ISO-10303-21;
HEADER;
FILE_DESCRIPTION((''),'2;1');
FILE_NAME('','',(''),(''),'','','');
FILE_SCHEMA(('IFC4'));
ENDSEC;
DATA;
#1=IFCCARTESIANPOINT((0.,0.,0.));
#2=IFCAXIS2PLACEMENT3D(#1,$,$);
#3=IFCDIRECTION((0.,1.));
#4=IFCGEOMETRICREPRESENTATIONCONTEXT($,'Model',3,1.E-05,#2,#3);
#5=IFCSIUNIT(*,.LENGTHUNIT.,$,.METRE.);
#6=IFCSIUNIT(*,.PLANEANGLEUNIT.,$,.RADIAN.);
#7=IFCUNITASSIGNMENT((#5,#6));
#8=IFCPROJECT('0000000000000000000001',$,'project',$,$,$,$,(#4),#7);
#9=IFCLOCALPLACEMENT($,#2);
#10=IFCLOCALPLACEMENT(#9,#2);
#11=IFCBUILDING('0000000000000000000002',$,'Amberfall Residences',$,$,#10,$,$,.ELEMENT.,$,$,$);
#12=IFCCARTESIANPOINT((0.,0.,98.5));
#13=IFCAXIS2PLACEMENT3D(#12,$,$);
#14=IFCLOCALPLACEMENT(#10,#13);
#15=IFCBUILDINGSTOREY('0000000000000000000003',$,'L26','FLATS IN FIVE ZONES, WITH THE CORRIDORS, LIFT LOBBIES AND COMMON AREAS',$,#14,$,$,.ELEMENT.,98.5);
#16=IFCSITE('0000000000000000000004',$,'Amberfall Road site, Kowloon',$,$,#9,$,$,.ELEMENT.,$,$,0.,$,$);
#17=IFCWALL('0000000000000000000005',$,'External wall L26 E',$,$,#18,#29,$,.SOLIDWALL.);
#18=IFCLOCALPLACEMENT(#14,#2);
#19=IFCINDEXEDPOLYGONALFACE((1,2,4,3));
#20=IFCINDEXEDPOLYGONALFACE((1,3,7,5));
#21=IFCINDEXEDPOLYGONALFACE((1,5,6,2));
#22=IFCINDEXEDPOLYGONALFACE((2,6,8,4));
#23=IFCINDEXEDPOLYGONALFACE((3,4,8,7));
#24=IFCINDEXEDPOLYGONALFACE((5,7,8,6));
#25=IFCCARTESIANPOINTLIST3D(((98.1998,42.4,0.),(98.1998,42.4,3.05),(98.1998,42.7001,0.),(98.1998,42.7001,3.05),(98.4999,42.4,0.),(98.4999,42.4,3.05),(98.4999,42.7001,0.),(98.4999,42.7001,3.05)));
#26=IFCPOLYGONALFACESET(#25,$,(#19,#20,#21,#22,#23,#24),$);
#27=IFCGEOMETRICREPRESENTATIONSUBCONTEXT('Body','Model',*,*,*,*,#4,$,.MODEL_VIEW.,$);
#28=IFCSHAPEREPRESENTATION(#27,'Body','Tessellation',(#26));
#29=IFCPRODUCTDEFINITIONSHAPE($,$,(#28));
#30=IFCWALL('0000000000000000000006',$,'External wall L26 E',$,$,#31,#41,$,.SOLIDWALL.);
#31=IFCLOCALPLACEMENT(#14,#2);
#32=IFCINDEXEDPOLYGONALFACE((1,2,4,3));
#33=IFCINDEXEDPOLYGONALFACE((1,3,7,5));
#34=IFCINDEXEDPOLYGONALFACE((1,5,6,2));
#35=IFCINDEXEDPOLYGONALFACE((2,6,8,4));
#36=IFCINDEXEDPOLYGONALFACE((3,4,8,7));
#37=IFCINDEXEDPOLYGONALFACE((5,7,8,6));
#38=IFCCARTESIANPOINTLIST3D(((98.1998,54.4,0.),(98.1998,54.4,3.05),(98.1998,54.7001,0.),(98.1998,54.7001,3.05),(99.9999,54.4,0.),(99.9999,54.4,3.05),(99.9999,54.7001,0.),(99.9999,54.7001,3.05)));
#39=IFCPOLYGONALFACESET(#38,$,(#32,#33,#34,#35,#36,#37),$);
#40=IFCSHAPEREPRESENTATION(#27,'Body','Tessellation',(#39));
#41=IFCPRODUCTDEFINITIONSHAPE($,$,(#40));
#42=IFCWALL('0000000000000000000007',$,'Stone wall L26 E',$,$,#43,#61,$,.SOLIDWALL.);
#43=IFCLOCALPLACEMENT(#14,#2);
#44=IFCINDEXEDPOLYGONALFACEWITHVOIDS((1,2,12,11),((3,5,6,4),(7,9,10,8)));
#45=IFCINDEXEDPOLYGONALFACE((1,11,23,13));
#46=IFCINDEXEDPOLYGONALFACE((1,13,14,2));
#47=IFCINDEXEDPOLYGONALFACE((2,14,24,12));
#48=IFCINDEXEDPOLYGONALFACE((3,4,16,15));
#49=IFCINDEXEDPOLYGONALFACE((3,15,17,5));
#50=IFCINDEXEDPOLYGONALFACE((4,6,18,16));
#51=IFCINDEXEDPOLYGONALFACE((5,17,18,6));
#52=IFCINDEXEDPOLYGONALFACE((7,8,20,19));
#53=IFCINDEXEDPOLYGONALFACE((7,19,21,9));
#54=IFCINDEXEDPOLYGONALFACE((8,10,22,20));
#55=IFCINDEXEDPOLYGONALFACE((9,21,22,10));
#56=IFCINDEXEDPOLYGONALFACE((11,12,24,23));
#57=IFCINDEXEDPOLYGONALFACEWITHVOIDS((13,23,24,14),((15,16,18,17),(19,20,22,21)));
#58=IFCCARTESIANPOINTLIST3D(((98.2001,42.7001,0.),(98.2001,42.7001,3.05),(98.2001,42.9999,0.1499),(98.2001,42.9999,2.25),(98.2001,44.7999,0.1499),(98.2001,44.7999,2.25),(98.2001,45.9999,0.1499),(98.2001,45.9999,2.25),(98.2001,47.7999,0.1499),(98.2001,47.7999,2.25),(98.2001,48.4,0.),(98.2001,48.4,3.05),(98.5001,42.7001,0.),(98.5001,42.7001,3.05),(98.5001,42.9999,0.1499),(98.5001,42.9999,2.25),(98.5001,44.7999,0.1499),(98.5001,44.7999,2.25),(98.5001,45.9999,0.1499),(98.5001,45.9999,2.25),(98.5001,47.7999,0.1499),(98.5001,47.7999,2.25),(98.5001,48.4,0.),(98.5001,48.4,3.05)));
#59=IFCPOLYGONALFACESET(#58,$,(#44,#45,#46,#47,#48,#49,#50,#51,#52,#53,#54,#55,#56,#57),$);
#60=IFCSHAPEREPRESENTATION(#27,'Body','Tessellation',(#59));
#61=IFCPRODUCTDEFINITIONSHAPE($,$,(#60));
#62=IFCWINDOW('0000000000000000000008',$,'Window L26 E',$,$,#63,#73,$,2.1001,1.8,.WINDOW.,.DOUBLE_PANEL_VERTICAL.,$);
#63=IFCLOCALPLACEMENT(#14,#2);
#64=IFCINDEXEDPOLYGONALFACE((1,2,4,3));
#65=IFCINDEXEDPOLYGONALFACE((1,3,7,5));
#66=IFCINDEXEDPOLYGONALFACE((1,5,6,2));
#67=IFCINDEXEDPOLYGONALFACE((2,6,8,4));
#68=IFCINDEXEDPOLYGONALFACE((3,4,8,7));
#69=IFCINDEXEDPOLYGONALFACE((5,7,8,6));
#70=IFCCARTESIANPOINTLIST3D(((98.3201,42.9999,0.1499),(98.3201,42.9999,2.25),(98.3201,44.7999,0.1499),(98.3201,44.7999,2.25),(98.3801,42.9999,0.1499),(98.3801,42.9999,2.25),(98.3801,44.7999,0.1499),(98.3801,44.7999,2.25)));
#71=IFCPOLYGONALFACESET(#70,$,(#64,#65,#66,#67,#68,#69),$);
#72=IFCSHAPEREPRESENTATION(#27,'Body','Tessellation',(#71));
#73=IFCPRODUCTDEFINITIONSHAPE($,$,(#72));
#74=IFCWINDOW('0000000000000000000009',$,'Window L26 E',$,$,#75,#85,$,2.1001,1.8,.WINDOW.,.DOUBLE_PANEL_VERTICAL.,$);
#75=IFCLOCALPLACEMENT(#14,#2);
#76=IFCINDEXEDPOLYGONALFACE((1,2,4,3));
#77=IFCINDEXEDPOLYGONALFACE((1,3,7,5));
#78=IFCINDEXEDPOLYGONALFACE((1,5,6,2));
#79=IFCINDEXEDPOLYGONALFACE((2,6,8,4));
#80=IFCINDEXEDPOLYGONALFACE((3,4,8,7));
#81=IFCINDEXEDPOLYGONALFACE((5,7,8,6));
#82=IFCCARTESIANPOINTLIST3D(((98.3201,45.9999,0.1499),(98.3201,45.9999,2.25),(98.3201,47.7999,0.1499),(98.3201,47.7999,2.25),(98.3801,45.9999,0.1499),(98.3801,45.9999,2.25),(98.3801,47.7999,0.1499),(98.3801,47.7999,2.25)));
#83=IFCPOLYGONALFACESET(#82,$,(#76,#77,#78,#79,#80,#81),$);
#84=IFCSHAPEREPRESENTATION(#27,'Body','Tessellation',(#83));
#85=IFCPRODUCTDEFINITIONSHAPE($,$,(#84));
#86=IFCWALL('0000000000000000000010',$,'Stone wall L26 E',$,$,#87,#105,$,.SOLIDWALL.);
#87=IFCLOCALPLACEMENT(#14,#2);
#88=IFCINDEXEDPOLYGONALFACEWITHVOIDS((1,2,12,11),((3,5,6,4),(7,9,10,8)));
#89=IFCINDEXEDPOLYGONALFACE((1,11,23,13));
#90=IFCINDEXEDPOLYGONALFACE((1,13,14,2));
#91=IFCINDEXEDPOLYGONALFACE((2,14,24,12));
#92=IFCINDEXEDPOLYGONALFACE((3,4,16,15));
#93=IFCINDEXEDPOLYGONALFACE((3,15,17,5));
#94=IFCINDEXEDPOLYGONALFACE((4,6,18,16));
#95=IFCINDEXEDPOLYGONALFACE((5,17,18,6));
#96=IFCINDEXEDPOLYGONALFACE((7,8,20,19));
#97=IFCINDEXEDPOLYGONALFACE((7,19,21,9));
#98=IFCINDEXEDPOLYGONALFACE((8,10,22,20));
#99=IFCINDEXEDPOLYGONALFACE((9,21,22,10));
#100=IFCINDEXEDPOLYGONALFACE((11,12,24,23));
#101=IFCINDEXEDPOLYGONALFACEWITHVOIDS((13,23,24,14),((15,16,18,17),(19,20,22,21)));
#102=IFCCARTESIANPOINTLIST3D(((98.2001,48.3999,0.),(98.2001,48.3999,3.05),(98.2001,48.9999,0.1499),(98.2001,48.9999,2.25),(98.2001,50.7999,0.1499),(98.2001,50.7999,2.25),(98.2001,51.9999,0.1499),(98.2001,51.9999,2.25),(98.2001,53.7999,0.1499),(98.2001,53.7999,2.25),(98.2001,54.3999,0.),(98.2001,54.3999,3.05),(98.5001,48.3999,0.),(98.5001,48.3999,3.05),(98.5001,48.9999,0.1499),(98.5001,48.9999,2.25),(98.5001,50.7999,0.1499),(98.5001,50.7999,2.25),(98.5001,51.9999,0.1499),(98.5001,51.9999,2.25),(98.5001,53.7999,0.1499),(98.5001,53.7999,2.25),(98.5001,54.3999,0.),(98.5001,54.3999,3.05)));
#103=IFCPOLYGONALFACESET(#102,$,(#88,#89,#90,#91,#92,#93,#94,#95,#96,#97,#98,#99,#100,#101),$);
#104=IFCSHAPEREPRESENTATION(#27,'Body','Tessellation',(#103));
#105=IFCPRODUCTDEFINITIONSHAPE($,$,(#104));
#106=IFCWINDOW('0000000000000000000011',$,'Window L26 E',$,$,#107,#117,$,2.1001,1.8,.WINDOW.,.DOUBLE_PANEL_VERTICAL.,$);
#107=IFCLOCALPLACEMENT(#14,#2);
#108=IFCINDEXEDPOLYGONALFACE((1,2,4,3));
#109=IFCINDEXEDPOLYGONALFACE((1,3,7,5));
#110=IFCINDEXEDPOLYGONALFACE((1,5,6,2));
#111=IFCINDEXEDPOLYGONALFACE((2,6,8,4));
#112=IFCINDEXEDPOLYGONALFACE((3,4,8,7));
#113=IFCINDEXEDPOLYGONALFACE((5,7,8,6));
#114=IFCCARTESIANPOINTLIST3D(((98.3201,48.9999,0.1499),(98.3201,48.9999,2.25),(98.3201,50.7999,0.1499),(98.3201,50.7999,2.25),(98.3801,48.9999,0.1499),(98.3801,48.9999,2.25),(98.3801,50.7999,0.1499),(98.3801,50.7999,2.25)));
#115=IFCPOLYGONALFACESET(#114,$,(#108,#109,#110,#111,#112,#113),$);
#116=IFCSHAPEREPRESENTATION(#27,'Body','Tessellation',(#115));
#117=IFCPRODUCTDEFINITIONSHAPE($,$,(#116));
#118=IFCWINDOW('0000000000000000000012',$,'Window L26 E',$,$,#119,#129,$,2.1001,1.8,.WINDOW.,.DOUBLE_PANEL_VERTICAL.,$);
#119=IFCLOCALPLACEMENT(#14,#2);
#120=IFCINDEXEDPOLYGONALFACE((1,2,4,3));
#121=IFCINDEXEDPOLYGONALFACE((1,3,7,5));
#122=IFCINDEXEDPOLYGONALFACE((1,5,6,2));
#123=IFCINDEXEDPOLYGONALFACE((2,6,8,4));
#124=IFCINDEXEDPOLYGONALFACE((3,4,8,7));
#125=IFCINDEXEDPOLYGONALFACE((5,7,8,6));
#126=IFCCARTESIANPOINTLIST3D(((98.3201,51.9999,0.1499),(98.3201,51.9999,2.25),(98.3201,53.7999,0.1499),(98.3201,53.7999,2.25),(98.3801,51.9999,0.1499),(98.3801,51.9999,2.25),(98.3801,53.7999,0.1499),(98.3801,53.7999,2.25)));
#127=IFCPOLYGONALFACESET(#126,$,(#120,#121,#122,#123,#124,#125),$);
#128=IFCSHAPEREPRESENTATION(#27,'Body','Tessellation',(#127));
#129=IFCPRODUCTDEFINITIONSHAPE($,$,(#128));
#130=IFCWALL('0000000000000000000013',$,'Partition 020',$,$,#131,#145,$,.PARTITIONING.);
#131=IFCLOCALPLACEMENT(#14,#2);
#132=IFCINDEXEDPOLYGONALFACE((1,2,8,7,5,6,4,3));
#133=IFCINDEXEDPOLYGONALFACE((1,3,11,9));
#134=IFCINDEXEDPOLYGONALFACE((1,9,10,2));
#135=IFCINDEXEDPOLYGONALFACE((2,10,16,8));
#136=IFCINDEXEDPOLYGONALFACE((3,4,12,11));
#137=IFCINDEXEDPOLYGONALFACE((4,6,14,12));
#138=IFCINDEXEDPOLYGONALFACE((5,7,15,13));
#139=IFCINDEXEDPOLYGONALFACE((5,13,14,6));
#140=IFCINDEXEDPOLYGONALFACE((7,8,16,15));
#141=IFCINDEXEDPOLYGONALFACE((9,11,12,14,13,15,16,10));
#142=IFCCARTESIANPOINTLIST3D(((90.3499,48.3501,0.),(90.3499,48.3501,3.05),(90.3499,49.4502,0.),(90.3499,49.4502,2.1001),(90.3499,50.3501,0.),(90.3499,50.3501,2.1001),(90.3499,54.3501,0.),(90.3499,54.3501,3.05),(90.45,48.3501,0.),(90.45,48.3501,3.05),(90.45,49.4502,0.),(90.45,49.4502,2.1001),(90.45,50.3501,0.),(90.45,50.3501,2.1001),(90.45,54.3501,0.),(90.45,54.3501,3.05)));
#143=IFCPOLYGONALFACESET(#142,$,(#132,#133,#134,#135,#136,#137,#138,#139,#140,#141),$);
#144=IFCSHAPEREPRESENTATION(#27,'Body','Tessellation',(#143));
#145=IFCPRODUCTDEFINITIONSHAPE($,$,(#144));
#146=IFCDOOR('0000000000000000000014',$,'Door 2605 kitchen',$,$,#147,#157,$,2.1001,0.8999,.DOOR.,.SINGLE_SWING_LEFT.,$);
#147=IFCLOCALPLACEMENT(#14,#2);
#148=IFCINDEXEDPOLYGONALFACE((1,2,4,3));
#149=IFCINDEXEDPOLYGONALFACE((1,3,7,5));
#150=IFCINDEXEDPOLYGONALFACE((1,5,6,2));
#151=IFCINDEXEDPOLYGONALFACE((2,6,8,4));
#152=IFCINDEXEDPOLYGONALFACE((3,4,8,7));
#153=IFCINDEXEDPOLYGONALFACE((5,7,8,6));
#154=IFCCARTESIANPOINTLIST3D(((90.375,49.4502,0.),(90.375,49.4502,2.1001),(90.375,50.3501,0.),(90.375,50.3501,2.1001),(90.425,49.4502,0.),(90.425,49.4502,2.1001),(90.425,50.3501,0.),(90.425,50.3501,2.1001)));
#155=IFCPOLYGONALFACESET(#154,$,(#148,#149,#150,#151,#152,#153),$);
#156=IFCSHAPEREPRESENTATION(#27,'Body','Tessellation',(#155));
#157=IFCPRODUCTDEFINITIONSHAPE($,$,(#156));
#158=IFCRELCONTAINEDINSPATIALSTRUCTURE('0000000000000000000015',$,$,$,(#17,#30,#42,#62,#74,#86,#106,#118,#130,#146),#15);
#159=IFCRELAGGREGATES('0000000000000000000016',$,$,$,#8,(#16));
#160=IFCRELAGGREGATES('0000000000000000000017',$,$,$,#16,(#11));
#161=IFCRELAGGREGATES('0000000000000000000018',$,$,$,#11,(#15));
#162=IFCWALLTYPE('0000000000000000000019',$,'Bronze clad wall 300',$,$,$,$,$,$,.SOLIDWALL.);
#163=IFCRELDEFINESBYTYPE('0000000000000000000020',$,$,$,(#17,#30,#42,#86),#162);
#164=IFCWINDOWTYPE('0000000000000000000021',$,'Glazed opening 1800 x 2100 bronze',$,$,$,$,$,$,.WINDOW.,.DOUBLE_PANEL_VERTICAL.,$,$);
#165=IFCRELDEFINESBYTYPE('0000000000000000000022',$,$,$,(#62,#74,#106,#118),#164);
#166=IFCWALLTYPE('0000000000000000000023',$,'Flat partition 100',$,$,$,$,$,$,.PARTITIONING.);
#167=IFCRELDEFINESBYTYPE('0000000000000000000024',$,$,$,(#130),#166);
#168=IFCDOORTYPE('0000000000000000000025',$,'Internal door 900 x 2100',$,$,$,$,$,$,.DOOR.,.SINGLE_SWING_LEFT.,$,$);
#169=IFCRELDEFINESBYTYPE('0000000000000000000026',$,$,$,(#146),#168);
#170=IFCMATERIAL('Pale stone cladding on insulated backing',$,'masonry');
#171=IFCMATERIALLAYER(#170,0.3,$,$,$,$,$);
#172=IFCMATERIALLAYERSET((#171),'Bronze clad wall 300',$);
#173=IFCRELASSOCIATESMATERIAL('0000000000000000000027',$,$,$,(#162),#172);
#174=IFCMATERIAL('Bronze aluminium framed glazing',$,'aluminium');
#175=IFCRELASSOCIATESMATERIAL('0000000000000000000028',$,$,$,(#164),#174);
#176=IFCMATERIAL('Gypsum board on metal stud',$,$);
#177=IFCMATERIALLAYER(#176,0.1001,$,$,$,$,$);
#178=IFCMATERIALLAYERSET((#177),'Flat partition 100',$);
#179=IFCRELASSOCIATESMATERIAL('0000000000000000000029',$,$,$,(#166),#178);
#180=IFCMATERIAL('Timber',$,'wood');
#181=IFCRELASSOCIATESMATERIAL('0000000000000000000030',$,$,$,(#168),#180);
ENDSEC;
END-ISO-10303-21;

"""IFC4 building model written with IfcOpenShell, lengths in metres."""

from ifc_helpers import new_model, si_unit, direction, frame, frame_2d, origin, place, context, subcontext, project, spatial, rectangle, extrude, material, layer, layer_set, type_object, element, fill, save


model = new_model("IFC4")

# Units and contexts
model_context = context("Model", 3, precision=1e-05, world=origin(), true_north=direction((0.0, 1.0)))
body_context = subcontext(model_context, "Body", "Model", "MODEL_VIEW")
ifc_project = project(units=[si_unit("LENGTHUNIT", "METRE"), si_unit("PLANEANGLEUNIT", "RADIAN")], contexts=[model_context])

# Site, building, storey
site_placement = place(None, origin())
site = spatial("IfcSite", under=ifc_project, at=site_placement, Name="Amberfall Road site, Kowloon", CompositionType="ELEMENT", RefElevation=0.0)
building_placement = place(site_placement, origin())
building = spatial("IfcBuilding", under=site, at=building_placement, Name="Amberfall Residences", CompositionType="ELEMENT")
storey_placement = place(building_placement, frame((0.0, 0.0, 98.5)))
storey = spatial("IfcBuildingStorey", under=building, at=storey_placement, Name="L26", Description="FLATS IN FIVE ZONES, WITH THE CORRIDORS, LIFT LOBBIES AND COMMON AREAS", CompositionType="ELEMENT", Elevation=98.5)

# Walls
ifc_material_1 = material(Name="Pale stone cladding on insulated backing", Category="masonry")
ifc_layer_1 = layer(ifc_material_1, 0.3)
ifc_layer_set_1 = layer_set([ifc_layer_1], Name="Bronze clad wall 300")
wall_type_1 = type_object("IfcWallType", Name="Bronze clad wall 300", PredefinedType="SOLIDWALL", material=ifc_layer_set_1)
wall_1_placement = place(storey_placement, frame((98.2, 42.55, 0.0), z_axis=(0.0, 0.0, 1.0), x_axis=(1.0, 0.0, 0.0)))
element("IfcWall", 1, at=wall_1_placement, inside=storey, type_object=wall_type_1, Name="External wall L26 E", PredefinedType="SOLIDWALL", context=body_context, shape_type="SweptSolid", body=[
    extrude(rectangle(XDim=0.3, YDim=0.3, at=frame_2d((0.1499, 0.0))), origin(), (0.0, 0.0, 1.0), 3.05),
])
wall_2_placement = place(storey_placement, frame((98.2, 54.55, 0.0), z_axis=(0.0, 0.0, 1.0), x_axis=(1.0, 0.0, 0.0)))
element("IfcWall", 2, at=wall_2_placement, inside=storey, type_object=wall_type_1, Name="External wall L26 E", PredefinedType="SOLIDWALL", context=body_context, shape_type="SweptSolid", body=[
    extrude(rectangle(XDim=1.8, YDim=0.3, at=frame_2d((0.8999, 0.0))), origin(), (0.0, 0.0, 1.0), 3.05),
])

# Walls, openings, windows
wall_3_placement = place(storey_placement, frame((98.3501, 42.7, 0.0), z_axis=(0.0, 0.0, 1.0), x_axis=(0.0, 1.0, 0.0)))
wall_3 = element("IfcWall", 3, at=wall_3_placement, inside=storey, type_object=wall_type_1, Name="Stone wall L26 E", PredefinedType="SOLIDWALL", context=body_context, shape_type="SweptSolid", body=[
    extrude(rectangle(XDim=5.7, YDim=0.3, at=frame_2d((2.8501, 0.0))), origin(), (0.0, 0.0, 1.0), 3.05),
])
opening_1_placement = place(wall_3_placement, frame((0.3, 0.0, 0.1499)))
opening_1 = element("IfcOpeningElement", 4, at=opening_1_placement, cuts=wall_3, PredefinedType="OPENING", context=body_context, shape_type="SweptSolid", body=[
    extrude(rectangle(XDim=1.8, YDim=2.1001, at=frame_2d((0.8999, 1.05))), frame((0.0, 0.1599, 0.0), z_axis=(0.0, -1.0, 0.0), x_axis=(1.0, 0.0, 0.0)), (0.0, 0.0, 1.0), 0.3201),
])
opening_2_placement = place(wall_3_placement, frame((3.3, 0.0, 0.1499)))
opening_2 = element("IfcOpeningElement", 5, at=opening_2_placement, cuts=wall_3, PredefinedType="OPENING", context=body_context, shape_type="SweptSolid", body=[
    extrude(rectangle(XDim=1.8, YDim=2.1001, at=frame_2d((0.8999, 1.05))), frame((0.0, 0.1599, 0.0), z_axis=(0.0, -1.0, 0.0), x_axis=(1.0, 0.0, 0.0)), (0.0, 0.0, 1.0), 0.3201),
])
ifc_material_2 = material(Name="Bronze aluminium framed glazing", Category="aluminium")
window_type = type_object("IfcWindowType", Name="Glazed opening 1800 x 2100 bronze", PartitioningType="DOUBLE_PANEL_VERTICAL", PredefinedType="WINDOW", material=ifc_material_2)
window_1_placement = place(opening_1_placement, origin())
window_1 = element("IfcWindow", 6, at=window_1_placement, inside=storey, type_object=window_type, Name="Window L26 E", OverallHeight=2.1001, OverallWidth=1.8, PartitioningType="DOUBLE_PANEL_VERTICAL", PredefinedType="WINDOW", context=body_context, shape_type="SweptSolid", body=[
    extrude(rectangle(XDim=1.8, YDim=2.1001, at=frame_2d((0.8999, 1.05))), frame((0.0, 0.03, 0.0), z_axis=(0.0, -1.0, 0.0), x_axis=(1.0, 0.0, 0.0)), (0.0, 0.0, 1.0), 0.0601),
])
fill(opening_1, window_1)
window_2_placement = place(opening_2_placement, origin())
window_2 = element("IfcWindow", 7, at=window_2_placement, inside=storey, type_object=window_type, Name="Window L26 E", OverallHeight=2.1001, OverallWidth=1.8, PartitioningType="DOUBLE_PANEL_VERTICAL", PredefinedType="WINDOW", context=body_context, shape_type="SweptSolid", body=[
    extrude(rectangle(XDim=1.8, YDim=2.1001, at=frame_2d((0.8999, 1.05))), frame((0.0, 0.03, 0.0), z_axis=(0.0, -1.0, 0.0), x_axis=(1.0, 0.0, 0.0)), (0.0, 0.0, 1.0), 0.0601),
])
fill(opening_2, window_2)
wall_4_placement = place(storey_placement, frame((98.3501, 48.3999, 0.0), z_axis=(0.0, 0.0, 1.0), x_axis=(0.0, 1.0, 0.0)))
wall_4 = element("IfcWall", 8, at=wall_4_placement, inside=storey, type_object=wall_type_1, Name="Stone wall L26 E", PredefinedType="SOLIDWALL", context=body_context, shape_type="SweptSolid", body=[
    extrude(rectangle(XDim=6.0, YDim=0.3, at=frame_2d((3.0, 0.0))), origin(), (0.0, 0.0, 1.0), 3.05),
])
opening_3_placement = place(wall_4_placement, frame((0.6001, 0.0, 0.1499)))
opening_3 = element("IfcOpeningElement", 9, at=opening_3_placement, cuts=wall_4, PredefinedType="OPENING", context=body_context, shape_type="SweptSolid", body=[
    extrude(rectangle(XDim=1.8, YDim=2.1001, at=frame_2d((0.8999, 1.05))), frame((0.0, 0.1599, 0.0), z_axis=(0.0, -1.0, 0.0), x_axis=(1.0, 0.0, 0.0)), (0.0, 0.0, 1.0), 0.3201),
])
opening_4_placement = place(wall_4_placement, frame((3.6001, 0.0, 0.1499)))
opening_4 = element("IfcOpeningElement", 10, at=opening_4_placement, cuts=wall_4, PredefinedType="OPENING", context=body_context, shape_type="SweptSolid", body=[
    extrude(rectangle(XDim=1.8, YDim=2.1001, at=frame_2d((0.8999, 1.05))), frame((0.0, 0.1599, 0.0), z_axis=(0.0, -1.0, 0.0), x_axis=(1.0, 0.0, 0.0)), (0.0, 0.0, 1.0), 0.3201),
])
window_3_placement = place(opening_3_placement, origin())
window_3 = element("IfcWindow", 11, at=window_3_placement, inside=storey, type_object=window_type, Name="Window L26 E", OverallHeight=2.1001, OverallWidth=1.8, PartitioningType="DOUBLE_PANEL_VERTICAL", PredefinedType="WINDOW", context=body_context, shape_type="SweptSolid", body=[
    extrude(rectangle(XDim=1.8, YDim=2.1001, at=frame_2d((0.8999, 1.05))), frame((0.0, 0.03, 0.0), z_axis=(0.0, -1.0, 0.0), x_axis=(1.0, 0.0, 0.0)), (0.0, 0.0, 1.0), 0.0601),
])
fill(opening_3, window_3)
window_4_placement = place(opening_4_placement, origin())
window_4 = element("IfcWindow", 12, at=window_4_placement, inside=storey, type_object=window_type, Name="Window L26 E", OverallHeight=2.1001, OverallWidth=1.8, PartitioningType="DOUBLE_PANEL_VERTICAL", PredefinedType="WINDOW", context=body_context, shape_type="SweptSolid", body=[
    extrude(rectangle(XDim=1.8, YDim=2.1001, at=frame_2d((0.8999, 1.05))), frame((0.0, 0.03, 0.0), z_axis=(0.0, -1.0, 0.0), x_axis=(1.0, 0.0, 0.0)), (0.0, 0.0, 1.0), 0.0601),
])
fill(opening_4, window_4)

# Wall, opening, door
ifc_material_3 = material(Name="Gypsum board on metal stud")
ifc_layer_2 = layer(ifc_material_3, 0.1001)
ifc_layer_set_2 = layer_set([ifc_layer_2], Name="Flat partition 100")
wall_type_2 = type_object("IfcWallType", Name="Flat partition 100", PredefinedType="PARTITIONING", material=ifc_layer_set_2)
wall_5_placement = place(storey_placement, frame((90.3999, 48.3501, 0.0), z_axis=(0.0, 0.0, 1.0), x_axis=(0.0, 1.0, 0.0)))
wall_5 = element("IfcWall", 13, at=wall_5_placement, inside=storey, type_object=wall_type_2, Name="Partition 020", PredefinedType="PARTITIONING", context=body_context, shape_type="SweptSolid", body=[
    extrude(rectangle(XDim=6.0, YDim=0.1001, at=frame_2d((3.0, 0.0))), origin(), (0.0, 0.0, 1.0), 3.05),
])
opening_5_placement = place(wall_5_placement, frame((1.1001, 0.0, 0.0)))
opening_5 = element("IfcOpeningElement", 14, at=opening_5_placement, cuts=wall_5, PredefinedType="OPENING", context=body_context, shape_type="SweptSolid", body=[
    extrude(rectangle(XDim=0.8999, YDim=2.1001, at=frame_2d((0.45, 1.05))), frame((0.0, 0.0601, 0.0), z_axis=(0.0, -1.0, 0.0), x_axis=(1.0, 0.0, 0.0)), (0.0, 0.0, 1.0), 0.1201),
])
ifc_material_4 = material(Name="Timber", Category="wood")
door_type_1 = type_object("IfcDoorType", Name="Internal door 900 x 2100", OperationType="SINGLE_SWING_LEFT", PredefinedType="DOOR", material=ifc_material_4)
door_1_placement = place(opening_5_placement, origin())
door_1 = element("IfcDoor", 15, at=door_1_placement, inside=storey, type_object=door_type_1, Name="Door 2605 kitchen", OperationType="SINGLE_SWING_LEFT", OverallHeight=2.1001, OverallWidth=0.8999, PredefinedType="DOOR", context=body_context, shape_type="SweptSolid", body=[
    extrude(rectangle(XDim=0.8999, YDim=2.1001, at=frame_2d((0.45, 1.05))), frame((0.0, 0.0249, 0.0), z_axis=(0.0, -1.0, 0.0), x_axis=(1.0, 0.0, 0.0)), (0.0, 0.0, 1.0), 0.05),
])
fill(opening_5, door_1)

save(model, "model.ifc")
